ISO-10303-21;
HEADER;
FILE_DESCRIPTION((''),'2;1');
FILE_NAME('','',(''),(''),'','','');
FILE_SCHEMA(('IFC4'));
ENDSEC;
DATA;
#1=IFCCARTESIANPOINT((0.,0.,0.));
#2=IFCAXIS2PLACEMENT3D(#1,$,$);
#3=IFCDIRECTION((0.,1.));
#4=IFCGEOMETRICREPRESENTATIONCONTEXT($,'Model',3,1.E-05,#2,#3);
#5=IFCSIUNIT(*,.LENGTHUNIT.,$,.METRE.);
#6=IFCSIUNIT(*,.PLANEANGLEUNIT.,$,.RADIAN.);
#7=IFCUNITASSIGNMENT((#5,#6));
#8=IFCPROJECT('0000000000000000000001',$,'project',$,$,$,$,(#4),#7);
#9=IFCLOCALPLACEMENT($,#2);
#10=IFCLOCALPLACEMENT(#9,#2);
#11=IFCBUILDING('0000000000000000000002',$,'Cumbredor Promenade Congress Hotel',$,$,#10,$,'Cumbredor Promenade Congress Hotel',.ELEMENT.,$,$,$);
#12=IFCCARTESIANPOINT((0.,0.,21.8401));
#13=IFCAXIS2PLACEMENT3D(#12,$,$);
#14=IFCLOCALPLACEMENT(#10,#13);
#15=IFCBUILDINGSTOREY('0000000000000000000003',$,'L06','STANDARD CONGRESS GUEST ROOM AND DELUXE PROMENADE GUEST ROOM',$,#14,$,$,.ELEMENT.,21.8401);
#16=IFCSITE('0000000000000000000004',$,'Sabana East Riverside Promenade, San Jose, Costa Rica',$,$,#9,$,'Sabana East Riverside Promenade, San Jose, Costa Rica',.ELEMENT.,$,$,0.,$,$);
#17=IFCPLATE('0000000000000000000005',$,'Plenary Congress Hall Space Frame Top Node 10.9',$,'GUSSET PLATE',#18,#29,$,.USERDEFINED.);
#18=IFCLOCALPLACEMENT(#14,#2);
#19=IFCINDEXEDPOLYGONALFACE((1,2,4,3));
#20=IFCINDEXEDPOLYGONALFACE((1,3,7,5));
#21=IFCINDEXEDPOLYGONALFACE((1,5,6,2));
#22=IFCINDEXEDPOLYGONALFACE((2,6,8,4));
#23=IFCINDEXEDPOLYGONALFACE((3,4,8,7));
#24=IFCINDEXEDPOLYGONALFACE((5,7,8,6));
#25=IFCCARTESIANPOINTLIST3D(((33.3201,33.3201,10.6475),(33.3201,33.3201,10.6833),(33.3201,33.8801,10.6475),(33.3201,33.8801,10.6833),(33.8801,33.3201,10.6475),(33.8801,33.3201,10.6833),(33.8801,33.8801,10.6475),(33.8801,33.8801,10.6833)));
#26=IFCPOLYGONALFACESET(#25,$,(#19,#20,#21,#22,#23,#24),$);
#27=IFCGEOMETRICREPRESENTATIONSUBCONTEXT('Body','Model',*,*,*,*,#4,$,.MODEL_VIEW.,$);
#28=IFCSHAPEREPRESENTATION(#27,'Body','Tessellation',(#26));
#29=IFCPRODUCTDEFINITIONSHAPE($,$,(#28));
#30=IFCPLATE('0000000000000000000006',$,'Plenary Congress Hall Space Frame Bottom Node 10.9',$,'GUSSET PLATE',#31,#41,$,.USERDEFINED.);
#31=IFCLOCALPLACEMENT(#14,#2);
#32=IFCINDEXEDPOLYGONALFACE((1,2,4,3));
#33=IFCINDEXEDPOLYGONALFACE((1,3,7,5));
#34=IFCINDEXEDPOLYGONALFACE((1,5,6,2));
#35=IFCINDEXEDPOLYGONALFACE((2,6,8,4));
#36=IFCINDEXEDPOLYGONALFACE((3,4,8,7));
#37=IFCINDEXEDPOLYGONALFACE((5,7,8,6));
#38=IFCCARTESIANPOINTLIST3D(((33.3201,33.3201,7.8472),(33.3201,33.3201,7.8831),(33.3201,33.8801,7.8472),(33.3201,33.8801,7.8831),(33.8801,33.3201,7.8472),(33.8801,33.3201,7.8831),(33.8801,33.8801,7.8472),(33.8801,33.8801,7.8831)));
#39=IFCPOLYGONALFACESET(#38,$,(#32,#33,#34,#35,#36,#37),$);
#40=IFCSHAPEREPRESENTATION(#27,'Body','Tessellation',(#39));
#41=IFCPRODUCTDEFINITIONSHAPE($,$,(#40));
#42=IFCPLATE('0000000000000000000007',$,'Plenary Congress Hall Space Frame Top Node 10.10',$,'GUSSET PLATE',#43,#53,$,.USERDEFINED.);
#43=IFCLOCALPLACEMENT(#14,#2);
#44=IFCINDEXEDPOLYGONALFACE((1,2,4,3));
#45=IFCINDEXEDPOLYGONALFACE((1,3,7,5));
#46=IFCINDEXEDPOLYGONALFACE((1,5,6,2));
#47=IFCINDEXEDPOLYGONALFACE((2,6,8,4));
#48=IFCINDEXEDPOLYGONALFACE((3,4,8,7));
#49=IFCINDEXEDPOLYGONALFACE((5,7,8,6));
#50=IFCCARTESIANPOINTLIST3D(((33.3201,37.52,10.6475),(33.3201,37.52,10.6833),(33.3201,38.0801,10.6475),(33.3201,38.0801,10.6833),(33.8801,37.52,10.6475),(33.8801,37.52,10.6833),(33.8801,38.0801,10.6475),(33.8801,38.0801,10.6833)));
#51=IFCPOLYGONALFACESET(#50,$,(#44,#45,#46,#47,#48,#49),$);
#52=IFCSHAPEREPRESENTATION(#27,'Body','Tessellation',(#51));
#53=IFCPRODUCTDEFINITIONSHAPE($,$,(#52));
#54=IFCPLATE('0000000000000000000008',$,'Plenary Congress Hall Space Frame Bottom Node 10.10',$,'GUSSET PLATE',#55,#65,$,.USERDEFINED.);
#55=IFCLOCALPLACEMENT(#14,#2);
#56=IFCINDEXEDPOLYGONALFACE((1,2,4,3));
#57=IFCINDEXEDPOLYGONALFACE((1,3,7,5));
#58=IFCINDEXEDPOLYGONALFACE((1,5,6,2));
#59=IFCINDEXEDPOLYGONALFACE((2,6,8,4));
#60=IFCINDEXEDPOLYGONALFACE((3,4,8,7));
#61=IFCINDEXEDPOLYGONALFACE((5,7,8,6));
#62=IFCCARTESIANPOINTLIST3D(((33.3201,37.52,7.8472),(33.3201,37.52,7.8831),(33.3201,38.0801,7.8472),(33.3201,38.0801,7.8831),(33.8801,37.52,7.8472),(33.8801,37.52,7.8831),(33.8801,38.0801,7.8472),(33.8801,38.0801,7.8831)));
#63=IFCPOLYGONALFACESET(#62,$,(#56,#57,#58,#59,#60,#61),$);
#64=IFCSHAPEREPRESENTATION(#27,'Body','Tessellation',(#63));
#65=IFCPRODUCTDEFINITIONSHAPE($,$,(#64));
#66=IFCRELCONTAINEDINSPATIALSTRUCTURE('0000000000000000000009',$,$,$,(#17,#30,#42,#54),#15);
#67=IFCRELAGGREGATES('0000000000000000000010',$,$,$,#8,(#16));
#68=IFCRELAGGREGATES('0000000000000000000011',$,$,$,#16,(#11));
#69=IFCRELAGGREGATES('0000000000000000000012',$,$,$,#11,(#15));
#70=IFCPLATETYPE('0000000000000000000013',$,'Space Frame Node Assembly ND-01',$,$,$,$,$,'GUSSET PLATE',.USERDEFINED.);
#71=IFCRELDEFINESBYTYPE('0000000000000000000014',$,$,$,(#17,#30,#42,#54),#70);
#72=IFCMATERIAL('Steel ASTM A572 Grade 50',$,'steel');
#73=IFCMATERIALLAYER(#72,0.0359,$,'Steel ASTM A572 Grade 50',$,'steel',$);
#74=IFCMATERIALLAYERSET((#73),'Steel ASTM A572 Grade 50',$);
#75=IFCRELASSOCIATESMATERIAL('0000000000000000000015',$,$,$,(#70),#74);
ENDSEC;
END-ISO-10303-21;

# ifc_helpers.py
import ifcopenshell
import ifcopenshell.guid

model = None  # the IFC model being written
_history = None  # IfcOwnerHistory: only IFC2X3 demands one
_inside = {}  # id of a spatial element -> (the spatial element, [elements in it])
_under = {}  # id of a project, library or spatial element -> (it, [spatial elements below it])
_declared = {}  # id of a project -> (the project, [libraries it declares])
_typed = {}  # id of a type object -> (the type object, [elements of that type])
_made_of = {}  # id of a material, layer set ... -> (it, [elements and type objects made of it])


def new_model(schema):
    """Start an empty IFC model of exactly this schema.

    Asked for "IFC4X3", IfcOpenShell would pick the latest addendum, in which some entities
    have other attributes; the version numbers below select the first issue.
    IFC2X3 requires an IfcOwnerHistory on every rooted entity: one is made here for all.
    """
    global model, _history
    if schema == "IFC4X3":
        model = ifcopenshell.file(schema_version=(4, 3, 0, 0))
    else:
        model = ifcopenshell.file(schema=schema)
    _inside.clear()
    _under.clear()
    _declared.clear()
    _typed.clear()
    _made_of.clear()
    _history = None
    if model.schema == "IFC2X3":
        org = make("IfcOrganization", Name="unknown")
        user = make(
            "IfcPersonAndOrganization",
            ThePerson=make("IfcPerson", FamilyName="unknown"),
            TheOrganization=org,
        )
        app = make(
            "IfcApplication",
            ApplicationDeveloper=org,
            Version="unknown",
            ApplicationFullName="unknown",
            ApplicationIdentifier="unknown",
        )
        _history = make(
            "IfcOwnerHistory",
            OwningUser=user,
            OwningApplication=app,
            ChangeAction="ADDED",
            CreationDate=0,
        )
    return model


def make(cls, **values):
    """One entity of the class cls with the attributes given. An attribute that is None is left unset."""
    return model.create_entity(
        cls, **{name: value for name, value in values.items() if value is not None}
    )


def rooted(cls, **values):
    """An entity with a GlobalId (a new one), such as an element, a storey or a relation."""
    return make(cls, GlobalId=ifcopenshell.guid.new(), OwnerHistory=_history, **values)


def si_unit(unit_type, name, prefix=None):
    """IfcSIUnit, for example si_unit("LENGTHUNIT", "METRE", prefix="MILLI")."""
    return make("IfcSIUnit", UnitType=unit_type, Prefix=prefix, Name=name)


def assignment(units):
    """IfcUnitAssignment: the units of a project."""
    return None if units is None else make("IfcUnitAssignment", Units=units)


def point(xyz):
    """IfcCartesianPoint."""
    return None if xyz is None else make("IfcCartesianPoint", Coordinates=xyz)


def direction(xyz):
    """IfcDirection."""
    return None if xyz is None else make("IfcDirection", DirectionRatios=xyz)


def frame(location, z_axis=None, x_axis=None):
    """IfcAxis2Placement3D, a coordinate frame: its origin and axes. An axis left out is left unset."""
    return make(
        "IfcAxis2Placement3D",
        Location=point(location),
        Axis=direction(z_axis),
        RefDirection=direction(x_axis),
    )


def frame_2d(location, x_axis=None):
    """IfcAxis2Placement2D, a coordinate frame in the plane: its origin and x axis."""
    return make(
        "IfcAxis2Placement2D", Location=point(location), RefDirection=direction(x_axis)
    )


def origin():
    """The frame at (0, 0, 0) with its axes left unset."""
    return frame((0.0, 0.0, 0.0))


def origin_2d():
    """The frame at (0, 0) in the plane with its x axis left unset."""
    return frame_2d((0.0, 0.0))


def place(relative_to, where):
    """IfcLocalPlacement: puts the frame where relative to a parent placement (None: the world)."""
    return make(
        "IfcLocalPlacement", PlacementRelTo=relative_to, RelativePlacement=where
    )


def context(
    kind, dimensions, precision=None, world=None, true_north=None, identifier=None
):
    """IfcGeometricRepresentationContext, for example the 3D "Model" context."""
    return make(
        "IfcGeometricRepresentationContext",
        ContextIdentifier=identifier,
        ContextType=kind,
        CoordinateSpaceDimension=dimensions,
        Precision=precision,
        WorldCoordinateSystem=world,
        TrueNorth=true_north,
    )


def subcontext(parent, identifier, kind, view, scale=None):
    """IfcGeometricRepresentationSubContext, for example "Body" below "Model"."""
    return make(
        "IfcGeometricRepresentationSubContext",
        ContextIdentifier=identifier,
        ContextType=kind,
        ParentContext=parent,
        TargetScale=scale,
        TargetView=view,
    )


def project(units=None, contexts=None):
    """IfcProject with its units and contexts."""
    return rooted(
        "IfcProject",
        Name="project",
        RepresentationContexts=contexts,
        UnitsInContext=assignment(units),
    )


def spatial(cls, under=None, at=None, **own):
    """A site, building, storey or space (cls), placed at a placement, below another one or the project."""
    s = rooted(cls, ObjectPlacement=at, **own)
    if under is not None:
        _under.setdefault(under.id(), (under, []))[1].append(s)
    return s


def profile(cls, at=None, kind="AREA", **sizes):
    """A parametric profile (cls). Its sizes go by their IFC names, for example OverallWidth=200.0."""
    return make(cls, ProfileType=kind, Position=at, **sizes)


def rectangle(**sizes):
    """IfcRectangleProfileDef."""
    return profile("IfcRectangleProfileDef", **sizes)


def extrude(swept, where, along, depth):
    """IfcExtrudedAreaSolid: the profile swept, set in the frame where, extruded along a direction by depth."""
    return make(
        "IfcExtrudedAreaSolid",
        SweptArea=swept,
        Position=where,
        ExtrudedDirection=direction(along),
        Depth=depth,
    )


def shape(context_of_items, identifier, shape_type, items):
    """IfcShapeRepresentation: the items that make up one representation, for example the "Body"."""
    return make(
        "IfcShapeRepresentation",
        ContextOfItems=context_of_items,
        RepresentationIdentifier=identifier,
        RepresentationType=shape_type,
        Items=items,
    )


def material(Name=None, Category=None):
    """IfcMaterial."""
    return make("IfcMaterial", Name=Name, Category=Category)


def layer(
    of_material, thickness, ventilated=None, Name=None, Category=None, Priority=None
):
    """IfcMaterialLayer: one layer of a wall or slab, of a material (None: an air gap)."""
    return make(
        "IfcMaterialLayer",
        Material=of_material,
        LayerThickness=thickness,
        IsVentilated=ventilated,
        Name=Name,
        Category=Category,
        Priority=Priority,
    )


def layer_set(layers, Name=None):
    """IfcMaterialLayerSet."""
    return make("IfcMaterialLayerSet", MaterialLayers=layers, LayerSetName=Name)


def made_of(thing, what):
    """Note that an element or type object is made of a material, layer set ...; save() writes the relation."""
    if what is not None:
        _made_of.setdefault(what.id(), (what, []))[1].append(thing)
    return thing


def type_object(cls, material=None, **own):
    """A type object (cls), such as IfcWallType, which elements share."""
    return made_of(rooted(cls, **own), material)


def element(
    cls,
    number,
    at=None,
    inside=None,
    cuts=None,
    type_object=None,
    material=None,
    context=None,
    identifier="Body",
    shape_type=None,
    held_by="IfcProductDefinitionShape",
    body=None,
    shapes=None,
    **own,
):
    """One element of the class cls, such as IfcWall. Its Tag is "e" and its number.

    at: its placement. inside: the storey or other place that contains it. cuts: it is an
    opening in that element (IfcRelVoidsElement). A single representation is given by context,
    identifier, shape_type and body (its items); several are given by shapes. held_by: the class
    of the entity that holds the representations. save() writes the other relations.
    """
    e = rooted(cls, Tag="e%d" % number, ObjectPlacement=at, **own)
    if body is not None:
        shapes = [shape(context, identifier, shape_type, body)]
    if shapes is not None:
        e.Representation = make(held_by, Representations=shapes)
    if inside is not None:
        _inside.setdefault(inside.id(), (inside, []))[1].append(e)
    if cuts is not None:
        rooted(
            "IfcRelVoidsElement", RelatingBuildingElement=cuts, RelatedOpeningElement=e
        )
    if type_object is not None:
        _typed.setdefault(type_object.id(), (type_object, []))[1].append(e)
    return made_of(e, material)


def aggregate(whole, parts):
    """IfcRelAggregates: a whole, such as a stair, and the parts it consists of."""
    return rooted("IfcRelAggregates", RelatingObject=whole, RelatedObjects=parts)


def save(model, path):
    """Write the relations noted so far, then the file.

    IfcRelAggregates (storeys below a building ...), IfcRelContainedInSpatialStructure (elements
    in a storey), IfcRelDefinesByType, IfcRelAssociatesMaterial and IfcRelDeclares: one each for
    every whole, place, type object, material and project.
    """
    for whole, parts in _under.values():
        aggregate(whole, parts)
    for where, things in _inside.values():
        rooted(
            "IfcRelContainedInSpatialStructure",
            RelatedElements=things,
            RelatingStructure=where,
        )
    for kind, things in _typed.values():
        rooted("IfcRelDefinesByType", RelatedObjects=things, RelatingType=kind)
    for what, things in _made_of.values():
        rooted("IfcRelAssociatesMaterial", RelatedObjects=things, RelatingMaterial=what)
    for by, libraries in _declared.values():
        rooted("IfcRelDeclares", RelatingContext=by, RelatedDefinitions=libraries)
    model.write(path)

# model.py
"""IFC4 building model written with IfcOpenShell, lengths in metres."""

from ifc_helpers import new_model, si_unit, direction, frame, origin, origin_2d, place, context, subcontext, project, spatial, rectangle, extrude, material, layer, layer_set, type_object, element, save


model = new_model("IFC4")

# Units and contexts
model_context = context("Model", 3, precision=1e-05, world=origin(), true_north=direction((0.0, 1.0)))
body_context = subcontext(model_context, "Body", "Model", "MODEL_VIEW")
ifc_project = project(units=[si_unit("LENGTHUNIT", "METRE"), si_unit("PLANEANGLEUNIT", "RADIAN")], contexts=[model_context])

# Site, building, storey
site_placement = place(None, origin())
site = spatial("IfcSite", under=ifc_project, at=site_placement, Name="Sabana East Riverside Promenade, San Jose, Costa Rica", LongName="Sabana East Riverside Promenade, San Jose, Costa Rica", CompositionType="ELEMENT", RefElevation=0.0)
building_placement = place(site_placement, origin())
building = spatial("IfcBuilding", under=site, at=building_placement, Name="Cumbredor Promenade Congress Hotel", LongName="Cumbredor Promenade Congress Hotel", CompositionType="ELEMENT")
storey_placement = place(building_placement, frame((0.0, 0.0, 21.8401)))
storey = spatial("IfcBuildingStorey", under=building, at=storey_placement, Name="L06", Description="STANDARD CONGRESS GUEST ROOM AND DELUXE PROMENADE GUEST ROOM", CompositionType="ELEMENT", Elevation=21.8401)

# Plates
ifc_material_1 = material(Name="Steel ASTM A572 Grade 50", Category="steel")
ifc_layer = layer(ifc_material_1, 0.0359, Name="Steel ASTM A572 Grade 50", Category="steel")
ifc_layer_set = layer_set([ifc_layer], Name="Steel ASTM A572 Grade 50")
plate_type = type_object("IfcPlateType", Name="Space Frame Node Assembly ND-01", ElementType="GUSSET PLATE", PredefinedType="USERDEFINED", material=ifc_layer_set)
for number, where, z_axis, x_axis, name in (
    (1, (33.6001, 33.6001, 10.6475), (0.0, 0.0, 1.0), (1.0, 0.0, 0.0), "Plenary Congress Hall Space Frame Top Node 10.9"),
    (2, (33.6001, 33.6001, 7.8472), (0.0, 0.0, 1.0), (1.0, 0.0, 0.0), "Plenary Congress Hall Space Frame Bottom Node 10.9"),
    (3, (33.6001, 37.8, 10.6475), (0.0, 0.0, 1.0), (1.0, 0.0, 0.0), "Plenary Congress Hall Space Frame Top Node 10.10"),
    (4, (33.6001, 37.8, 7.8472), (0.0, 0.0, 1.0), (1.0, 0.0, 0.0), "Plenary Congress Hall Space Frame Bottom Node 10.10"),
):
    element("IfcPlate", number, at=place(storey_placement, frame(where, z_axis=z_axis, x_axis=x_axis)), inside=storey, type_object=plate_type, Name=name, ObjectType="GUSSET PLATE", PredefinedType="USERDEFINED", context=body_context, shape_type="SweptSolid", body=[
        extrude(rectangle(XDim=0.5601, YDim=0.5601, at=origin_2d()), origin(), (0.0, 0.0, 1.0), 0.0359),
    ])

save(model, "model.ifc")
